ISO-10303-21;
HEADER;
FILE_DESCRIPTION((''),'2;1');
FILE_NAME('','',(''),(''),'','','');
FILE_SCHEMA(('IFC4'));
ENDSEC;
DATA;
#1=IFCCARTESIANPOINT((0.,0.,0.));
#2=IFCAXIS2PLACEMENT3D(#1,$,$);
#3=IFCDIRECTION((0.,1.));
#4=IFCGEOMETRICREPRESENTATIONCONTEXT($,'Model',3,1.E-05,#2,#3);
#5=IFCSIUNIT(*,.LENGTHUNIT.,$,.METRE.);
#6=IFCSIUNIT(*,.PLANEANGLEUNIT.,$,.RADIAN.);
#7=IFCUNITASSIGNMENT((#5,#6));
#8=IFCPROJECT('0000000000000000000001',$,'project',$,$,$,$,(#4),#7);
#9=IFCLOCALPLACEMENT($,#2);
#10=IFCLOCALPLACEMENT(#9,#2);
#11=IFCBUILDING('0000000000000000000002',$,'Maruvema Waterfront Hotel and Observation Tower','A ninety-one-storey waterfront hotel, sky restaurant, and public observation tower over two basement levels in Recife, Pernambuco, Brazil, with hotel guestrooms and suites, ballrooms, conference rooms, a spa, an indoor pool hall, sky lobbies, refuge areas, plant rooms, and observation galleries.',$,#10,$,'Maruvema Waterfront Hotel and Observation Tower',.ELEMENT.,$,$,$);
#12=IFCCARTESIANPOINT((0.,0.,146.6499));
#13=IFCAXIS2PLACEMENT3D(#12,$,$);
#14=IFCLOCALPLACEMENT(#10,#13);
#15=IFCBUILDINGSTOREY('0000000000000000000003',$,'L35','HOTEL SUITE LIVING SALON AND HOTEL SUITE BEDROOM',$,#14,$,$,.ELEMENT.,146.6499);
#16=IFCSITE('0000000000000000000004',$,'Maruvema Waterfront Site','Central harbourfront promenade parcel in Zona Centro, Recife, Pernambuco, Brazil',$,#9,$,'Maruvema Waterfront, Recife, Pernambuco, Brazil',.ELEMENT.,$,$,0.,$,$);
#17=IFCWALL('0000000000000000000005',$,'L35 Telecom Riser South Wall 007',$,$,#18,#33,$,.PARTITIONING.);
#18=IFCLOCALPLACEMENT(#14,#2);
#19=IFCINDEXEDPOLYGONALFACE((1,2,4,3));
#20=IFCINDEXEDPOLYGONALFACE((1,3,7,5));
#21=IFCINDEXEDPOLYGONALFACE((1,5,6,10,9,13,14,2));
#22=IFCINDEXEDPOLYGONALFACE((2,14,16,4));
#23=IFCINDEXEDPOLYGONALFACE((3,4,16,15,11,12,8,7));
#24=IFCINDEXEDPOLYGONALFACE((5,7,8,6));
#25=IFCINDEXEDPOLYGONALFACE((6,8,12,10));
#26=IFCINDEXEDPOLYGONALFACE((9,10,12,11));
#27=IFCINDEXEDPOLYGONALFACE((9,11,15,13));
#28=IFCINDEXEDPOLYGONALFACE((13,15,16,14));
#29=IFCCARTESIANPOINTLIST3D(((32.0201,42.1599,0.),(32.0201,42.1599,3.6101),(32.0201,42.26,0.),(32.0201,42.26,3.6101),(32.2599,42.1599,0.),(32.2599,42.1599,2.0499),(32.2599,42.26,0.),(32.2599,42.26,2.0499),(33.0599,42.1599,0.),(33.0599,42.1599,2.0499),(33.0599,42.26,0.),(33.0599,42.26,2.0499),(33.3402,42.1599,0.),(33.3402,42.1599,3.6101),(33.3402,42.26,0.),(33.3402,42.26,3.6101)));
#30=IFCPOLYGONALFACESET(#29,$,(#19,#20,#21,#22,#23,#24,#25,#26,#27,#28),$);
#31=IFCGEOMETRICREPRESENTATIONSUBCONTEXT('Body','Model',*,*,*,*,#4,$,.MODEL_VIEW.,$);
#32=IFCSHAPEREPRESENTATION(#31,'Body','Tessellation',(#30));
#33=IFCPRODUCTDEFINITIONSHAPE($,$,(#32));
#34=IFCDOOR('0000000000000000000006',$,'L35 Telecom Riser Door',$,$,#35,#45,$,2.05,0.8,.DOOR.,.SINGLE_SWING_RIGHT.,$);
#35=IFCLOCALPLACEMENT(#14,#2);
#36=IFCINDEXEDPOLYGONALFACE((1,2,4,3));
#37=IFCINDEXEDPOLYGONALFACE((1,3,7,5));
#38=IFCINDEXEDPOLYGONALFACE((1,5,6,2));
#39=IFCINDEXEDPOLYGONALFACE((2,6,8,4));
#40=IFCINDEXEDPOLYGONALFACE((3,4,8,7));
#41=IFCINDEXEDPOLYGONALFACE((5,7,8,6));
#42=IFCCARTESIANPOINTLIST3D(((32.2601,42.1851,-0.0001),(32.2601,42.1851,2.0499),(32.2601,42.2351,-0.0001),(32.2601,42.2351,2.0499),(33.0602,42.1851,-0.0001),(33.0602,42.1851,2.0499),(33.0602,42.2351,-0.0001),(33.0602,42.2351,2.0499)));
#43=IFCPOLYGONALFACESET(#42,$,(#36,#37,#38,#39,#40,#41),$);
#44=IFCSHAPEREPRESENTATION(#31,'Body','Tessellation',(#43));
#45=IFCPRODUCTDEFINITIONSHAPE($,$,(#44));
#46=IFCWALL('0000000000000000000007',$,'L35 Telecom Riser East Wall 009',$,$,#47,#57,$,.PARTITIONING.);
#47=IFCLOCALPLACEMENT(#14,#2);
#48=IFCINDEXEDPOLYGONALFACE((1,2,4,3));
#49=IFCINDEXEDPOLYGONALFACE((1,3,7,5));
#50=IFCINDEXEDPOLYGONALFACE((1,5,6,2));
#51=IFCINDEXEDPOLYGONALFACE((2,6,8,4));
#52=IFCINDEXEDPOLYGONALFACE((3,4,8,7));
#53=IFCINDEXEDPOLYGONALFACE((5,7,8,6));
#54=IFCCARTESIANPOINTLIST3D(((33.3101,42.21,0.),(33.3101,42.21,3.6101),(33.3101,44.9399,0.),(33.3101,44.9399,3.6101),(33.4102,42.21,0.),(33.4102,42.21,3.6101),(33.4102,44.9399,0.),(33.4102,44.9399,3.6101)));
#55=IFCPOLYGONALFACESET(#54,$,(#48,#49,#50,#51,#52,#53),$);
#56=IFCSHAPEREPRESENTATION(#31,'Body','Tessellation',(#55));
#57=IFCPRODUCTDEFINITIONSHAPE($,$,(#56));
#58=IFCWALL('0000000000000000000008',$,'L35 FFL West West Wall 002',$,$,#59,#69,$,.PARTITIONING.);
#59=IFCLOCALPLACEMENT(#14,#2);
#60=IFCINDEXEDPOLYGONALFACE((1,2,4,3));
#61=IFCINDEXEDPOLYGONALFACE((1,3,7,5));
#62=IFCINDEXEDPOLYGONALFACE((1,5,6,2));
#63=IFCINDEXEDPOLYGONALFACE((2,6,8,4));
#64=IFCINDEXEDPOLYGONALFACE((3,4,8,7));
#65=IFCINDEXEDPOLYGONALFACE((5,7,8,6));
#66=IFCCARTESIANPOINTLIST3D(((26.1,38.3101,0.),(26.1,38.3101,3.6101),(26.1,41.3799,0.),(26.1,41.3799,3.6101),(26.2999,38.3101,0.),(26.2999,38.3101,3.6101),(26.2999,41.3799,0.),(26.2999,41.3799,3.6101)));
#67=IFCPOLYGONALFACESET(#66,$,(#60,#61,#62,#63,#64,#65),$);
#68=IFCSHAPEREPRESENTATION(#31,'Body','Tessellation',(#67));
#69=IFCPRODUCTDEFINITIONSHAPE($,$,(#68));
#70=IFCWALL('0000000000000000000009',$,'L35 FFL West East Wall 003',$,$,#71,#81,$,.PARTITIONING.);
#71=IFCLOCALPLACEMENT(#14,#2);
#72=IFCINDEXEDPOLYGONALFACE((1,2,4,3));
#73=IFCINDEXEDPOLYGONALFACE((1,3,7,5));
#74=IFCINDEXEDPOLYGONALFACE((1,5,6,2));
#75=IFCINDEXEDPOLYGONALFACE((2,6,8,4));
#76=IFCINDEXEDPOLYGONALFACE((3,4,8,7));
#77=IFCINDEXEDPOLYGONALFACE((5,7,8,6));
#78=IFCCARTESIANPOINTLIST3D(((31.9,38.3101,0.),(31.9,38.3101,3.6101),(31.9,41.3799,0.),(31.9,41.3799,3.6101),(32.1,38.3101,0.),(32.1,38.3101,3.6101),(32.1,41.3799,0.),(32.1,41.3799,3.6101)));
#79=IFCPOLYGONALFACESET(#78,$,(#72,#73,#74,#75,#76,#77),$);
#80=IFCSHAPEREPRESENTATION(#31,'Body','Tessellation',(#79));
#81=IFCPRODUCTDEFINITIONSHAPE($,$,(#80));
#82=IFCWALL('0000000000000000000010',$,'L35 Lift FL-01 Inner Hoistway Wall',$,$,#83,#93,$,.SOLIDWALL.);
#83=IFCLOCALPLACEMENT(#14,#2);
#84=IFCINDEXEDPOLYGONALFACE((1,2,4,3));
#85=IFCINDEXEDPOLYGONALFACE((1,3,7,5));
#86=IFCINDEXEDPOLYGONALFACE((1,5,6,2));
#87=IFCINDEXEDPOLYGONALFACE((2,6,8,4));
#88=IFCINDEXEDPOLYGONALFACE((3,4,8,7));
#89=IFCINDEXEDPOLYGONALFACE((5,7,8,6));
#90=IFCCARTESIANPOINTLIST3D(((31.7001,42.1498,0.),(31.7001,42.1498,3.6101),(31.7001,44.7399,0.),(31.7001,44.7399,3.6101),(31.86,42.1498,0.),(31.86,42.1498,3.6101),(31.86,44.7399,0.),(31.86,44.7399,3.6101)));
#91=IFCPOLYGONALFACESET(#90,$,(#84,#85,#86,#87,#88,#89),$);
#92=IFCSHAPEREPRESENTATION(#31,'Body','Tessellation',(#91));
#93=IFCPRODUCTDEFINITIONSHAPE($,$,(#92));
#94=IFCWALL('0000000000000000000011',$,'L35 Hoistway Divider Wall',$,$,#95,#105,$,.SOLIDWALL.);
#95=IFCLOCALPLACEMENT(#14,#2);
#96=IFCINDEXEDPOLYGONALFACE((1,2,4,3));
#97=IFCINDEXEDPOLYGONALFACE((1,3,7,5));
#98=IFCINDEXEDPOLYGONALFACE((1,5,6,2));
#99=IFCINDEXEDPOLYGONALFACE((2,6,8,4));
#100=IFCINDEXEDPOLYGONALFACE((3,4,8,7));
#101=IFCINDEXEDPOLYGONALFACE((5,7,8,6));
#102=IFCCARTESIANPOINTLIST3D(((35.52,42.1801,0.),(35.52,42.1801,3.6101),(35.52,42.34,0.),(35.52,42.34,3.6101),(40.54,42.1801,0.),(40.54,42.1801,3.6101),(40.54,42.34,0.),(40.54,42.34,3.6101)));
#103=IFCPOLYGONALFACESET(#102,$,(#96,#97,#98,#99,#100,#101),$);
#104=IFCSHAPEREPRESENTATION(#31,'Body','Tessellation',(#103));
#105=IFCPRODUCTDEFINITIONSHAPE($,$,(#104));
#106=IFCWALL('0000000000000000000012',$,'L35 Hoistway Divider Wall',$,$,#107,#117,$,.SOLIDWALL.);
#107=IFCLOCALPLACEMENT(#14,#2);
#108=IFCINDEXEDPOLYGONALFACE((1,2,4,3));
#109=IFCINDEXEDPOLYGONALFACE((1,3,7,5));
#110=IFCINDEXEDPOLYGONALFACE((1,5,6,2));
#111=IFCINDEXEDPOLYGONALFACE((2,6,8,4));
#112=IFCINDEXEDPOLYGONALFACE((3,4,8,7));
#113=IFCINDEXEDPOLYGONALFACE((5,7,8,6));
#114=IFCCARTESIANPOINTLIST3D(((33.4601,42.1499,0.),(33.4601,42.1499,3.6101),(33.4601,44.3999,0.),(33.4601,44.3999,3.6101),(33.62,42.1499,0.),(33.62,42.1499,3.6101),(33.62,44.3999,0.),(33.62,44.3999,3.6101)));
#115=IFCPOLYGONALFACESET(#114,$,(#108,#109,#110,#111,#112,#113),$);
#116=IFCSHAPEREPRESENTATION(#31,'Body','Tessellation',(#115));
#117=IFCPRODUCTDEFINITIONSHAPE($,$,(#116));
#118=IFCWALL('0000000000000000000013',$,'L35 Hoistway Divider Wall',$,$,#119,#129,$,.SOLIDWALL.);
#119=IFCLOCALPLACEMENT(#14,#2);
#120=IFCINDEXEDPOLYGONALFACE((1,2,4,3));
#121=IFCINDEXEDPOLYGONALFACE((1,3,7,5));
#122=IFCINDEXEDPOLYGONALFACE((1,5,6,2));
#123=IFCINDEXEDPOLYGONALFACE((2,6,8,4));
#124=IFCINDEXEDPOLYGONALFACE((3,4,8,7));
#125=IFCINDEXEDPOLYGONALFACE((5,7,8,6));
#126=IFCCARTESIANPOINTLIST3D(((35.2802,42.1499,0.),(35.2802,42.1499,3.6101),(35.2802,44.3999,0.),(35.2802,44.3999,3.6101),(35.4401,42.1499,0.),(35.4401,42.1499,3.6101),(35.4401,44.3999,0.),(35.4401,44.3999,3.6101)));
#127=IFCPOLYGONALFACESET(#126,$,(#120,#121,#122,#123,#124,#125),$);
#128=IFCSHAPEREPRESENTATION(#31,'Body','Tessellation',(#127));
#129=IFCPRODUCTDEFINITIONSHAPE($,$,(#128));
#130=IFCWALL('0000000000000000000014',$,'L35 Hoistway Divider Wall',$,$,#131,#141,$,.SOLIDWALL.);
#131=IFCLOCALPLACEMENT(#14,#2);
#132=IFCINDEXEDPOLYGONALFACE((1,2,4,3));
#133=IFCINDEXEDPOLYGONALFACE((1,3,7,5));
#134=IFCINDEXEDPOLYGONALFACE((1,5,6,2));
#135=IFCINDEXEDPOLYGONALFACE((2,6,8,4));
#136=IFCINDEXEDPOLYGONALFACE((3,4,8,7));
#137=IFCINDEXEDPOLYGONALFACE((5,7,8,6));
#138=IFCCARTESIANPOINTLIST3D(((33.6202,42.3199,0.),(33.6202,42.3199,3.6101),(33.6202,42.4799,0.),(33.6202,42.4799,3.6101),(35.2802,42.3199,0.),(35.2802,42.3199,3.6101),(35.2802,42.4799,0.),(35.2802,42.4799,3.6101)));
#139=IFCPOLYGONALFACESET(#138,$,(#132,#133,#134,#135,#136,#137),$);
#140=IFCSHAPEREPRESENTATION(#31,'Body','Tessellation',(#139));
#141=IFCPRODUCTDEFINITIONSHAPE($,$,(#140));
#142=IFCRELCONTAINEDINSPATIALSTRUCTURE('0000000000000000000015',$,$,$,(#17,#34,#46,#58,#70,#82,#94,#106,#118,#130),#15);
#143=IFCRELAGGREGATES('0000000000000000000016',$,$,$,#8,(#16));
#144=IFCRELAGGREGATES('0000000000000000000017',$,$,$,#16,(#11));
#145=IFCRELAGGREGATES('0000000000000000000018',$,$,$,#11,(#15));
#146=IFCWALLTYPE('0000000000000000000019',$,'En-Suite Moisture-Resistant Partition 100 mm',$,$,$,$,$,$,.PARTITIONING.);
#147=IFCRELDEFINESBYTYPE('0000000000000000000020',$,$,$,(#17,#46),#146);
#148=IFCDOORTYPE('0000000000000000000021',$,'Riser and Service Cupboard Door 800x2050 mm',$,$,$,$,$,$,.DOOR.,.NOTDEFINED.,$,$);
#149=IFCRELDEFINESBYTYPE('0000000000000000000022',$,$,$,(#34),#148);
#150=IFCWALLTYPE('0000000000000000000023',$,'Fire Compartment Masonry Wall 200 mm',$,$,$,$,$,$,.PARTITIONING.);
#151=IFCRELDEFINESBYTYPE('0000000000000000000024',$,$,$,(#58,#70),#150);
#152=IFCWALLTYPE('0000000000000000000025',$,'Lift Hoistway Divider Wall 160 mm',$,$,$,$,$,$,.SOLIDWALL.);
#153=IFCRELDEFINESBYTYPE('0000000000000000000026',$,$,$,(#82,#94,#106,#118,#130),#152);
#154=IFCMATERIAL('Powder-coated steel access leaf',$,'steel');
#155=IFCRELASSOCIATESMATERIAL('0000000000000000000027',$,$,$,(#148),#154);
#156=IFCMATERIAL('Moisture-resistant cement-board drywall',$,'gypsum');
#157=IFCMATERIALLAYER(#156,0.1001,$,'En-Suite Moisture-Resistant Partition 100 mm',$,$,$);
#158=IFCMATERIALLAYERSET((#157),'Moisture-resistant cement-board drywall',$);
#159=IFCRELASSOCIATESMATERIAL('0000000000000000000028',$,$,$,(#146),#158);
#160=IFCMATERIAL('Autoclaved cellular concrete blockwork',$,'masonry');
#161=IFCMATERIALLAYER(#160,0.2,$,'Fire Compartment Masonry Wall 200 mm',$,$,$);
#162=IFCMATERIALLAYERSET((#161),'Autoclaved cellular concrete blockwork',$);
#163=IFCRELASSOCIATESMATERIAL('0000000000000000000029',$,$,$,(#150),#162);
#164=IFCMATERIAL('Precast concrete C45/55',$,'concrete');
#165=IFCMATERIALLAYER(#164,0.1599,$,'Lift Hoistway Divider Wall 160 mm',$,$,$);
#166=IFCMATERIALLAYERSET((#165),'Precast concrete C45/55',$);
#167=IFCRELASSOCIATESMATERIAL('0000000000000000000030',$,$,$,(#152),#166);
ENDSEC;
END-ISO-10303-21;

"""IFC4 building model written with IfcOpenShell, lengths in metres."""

from ifc_helpers import new_model, si_unit, direction, frame, frame_2d, origin, place, context, subcontext, project, spatial, rectangle, extrude, material, layer, layer_set, type_object, element, fill, save


model = new_model("IFC4")

# Units and contexts
model_context = context("Model", 3, precision=1e-05, world=origin(), true_north=direction((0.0, 1.0)))
body_context = subcontext(model_context, "Body", "Model", "MODEL_VIEW")
ifc_project = project(units=[si_unit("LENGTHUNIT", "METRE"), si_unit("PLANEANGLEUNIT", "RADIAN")], contexts=[model_context])

# Site, building, storey
site_placement = place(None, origin())
site = spatial("IfcSite", under=ifc_project, at=site_placement, Name="Maruvema Waterfront Site", Description="Central harbourfront promenade parcel in Zona Centro, Recife, Pernambuco, Brazil", LongName="Maruvema Waterfront, Recife, Pernambuco, Brazil", CompositionType="ELEMENT", RefElevation=0.0)
building_placement = place(site_placement, origin())
building = spatial("IfcBuilding", under=site, at=building_placement, Name="Maruvema Waterfront Hotel and Observation Tower", Description="A ninety-one-storey waterfront hotel, sky restaurant, and public observation tower over two basement levels in Recife, Pernambuco, Brazil, with hotel guestrooms and suites, ballrooms, conference rooms, a spa, an indoor pool hall, sky lobbies, refuge areas, plant rooms, and observation galleries.", LongName="Maruvema Waterfront Hotel and Observation Tower", CompositionType="ELEMENT")
storey_placement = place(building_placement, frame((0.0, 0.0, 146.6499)))
storey = spatial("IfcBuildingStorey", under=building, at=storey_placement, Name="L35", Description="HOTEL SUITE LIVING SALON AND HOTEL SUITE BEDROOM", CompositionType="ELEMENT", Elevation=146.6499)

# Shared definitions
ifc_material_1 = material(Name="Powder-coated steel access leaf", Category="steel")
door_type_1 = type_object("IfcDoorType", Name="Riser and Service Cupboard Door 800x2050 mm", OperationType="NOTDEFINED", PredefinedType="DOOR", material=ifc_material_1)

# Wall, opening, door
ifc_material_2 = material(Name="Moisture-resistant cement-board drywall", Category="gypsum")
ifc_layer_1 = layer(ifc_material_2, 0.1001, Name="En-Suite Moisture-Resistant Partition 100 mm")
ifc_layer_set_1 = layer_set([ifc_layer_1], Name="Moisture-resistant cement-board drywall")
wall_type_1 = type_object("IfcWallType", Name="En-Suite Moisture-Resistant Partition 100 mm", PredefinedType="PARTITIONING", material=ifc_layer_set_1)
wall_1_placement = place(storey_placement, frame((32.02, 42.21, 0.0), z_axis=(0.0, 0.0, 1.0), x_axis=(1.0, 0.0, 0.0)))
wall_1 = element("IfcWall", 1, at=wall_1_placement, inside=storey, type_object=wall_type_1, Name="L35 Telecom Riser South Wall 007", PredefinedType="PARTITIONING", context=body_context, shape_type="SweptSolid", body=[
    extrude(rectangle(XDim=1.3201, YDim=0.1001, at=frame_2d((0.6602, 0.0))), origin(), (0.0, 0.0, 1.0), 3.6101),
])
opening_1_placement = place(wall_1_placement, frame((0.24, 0.0, 0.0)))
opening_1 = element("IfcOpeningElement", 2, at=opening_1_placement, cuts=wall_1, PredefinedType="OPENING", context=body_context, shape_type="SweptSolid", body=[
    extrude(rectangle(XDim=0.8, YDim=2.05, at=frame_2d((0.3999, 1.0249))), frame((0.0, 0.0601, 0.0), z_axis=(0.0, -1.0, 0.0), x_axis=(1.0, 0.0, 0.0)), (0.0, 0.0, 1.0), 0.1201),
])
door_1_placement = place(opening_1_placement, frame((0.8, 0.0, 0.0), z_axis=(0.0, 0.0, 1.0), x_axis=(-1.0, 0.0, 0.0)))
door_1 = element("IfcDoor", 3, at=door_1_placement, inside=storey, type_object=door_type_1, Name="L35 Telecom Riser Door", OperationType="SINGLE_SWING_RIGHT", OverallHeight=2.05, OverallWidth=0.8, PredefinedType="DOOR", context=body_context, shape_type="SweptSolid", body=[
    extrude(rectangle(XDim=0.8, YDim=2.05, at=frame_2d((0.3999, 1.0249))), frame((0.0, 0.0249, 0.0), z_axis=(0.0, -1.0, 0.0), x_axis=(1.0, 0.0, 0.0)), (0.0, 0.0, 1.0), 0.05),
])
fill(opening_1, door_1)

# Wall
wall_2_placement = place(storey_placement, frame((33.3601, 42.21, 0.0), z_axis=(0.0, 0.0, 1.0), x_axis=(0.0, 1.0, 0.0)))
element("IfcWall", 4, at=wall_2_placement, inside=storey, type_object=wall_type_1, Name="L35 Telecom Riser East Wall 009", PredefinedType="PARTITIONING", context=body_context, shape_type="SweptSolid", body=[
    extrude(rectangle(XDim=2.73, YDim=0.1001, at=frame_2d((1.365, 0.0))), origin(), (0.0, 0.0, 1.0), 3.6101),
])

# Shared definitions
ifc_material_3 = material(Name="Autoclaved cellular concrete blockwork", Category="masonry")
ifc_layer_2 = layer(ifc_material_3, 0.2, Name="Fire Compartment Masonry Wall 200 mm")
ifc_layer_set_2 = layer_set([ifc_layer_2], Name="Autoclaved cellular concrete blockwork")
wall_type_2 = type_object("IfcWallType", Name="Fire Compartment Masonry Wall 200 mm", PredefinedType="PARTITIONING", material=ifc_layer_set_2)

# Walls
for number, where, z_axis, x_axis, name in (
    (5, (26.2, 38.3101, 0.0), (0.0, 0.0, 1.0), (0.0, 1.0, 0.0), "L35 FFL West West Wall 002"),
    (6, (32.0, 38.3101, 0.0), (0.0, 0.0, 1.0), (0.0, 1.0, 0.0), "L35 FFL West East Wall 003"),
):
    element("IfcWall", number, at=place(storey_placement, frame(where, z_axis=z_axis, x_axis=x_axis)), inside=storey, type_object=wall_type_2, Name=name, PredefinedType="PARTITIONING", context=body_context, shape_type="SweptSolid", body=[
        extrude(rectangle(XDim=3.0698, YDim=0.2, at=frame_2d((1.5349, 0.0))), origin(), (0.0, 0.0, 1.0), 3.6101),
    ])
ifc_material_4 = material(Name="Precast concrete C45/55", Category="concrete")
ifc_layer_3 = layer(ifc_material_4, 0.1599, Name="Lift Hoistway Divider Wall 160 mm")
ifc_layer_set_3 = layer_set([ifc_layer_3], Name="Precast concrete C45/55")
wall_type_3 = type_object("IfcWallType", Name="Lift Hoistway Divider Wall 160 mm", PredefinedType="SOLIDWALL", material=ifc_layer_set_3)
wall_3_placement = place(storey_placement, frame((31.78, 42.1499, 0.0), z_axis=(0.0, 0.0, 1.0), x_axis=(0.0, 1.0, 0.0)))
element("IfcWall", 7, at=wall_3_placement, inside=storey, type_object=wall_type_3, Name="L35 Lift FL-01 Inner Hoistway Wall", PredefinedType="SOLIDWALL", context=body_context, shape_type="SweptSolid", body=[
    extrude(rectangle(XDim=2.5901, YDim=0.1599, at=frame_2d((1.2949, 0.0))), origin(), (0.0, 0.0, 1.0), 3.6101),
])
wall_4_placement = place(storey_placement, frame((35.52, 42.26, 0.0), z_axis=(0.0, 0.0, 1.0), x_axis=(1.0, 0.0, 0.0)))
element("IfcWall", 8, at=wall_4_placement, inside=storey, type_object=wall_type_3, Name="L35 Hoistway Divider Wall", PredefinedType="SOLIDWALL", context=body_context, shape_type="SweptSolid", body=[
    extrude(rectangle(XDim=5.02, YDim=0.1599, at=frame_2d((2.51, 0.0))), origin(), (0.0, 0.0, 1.0), 3.6101),
])
for number, where, z_axis, x_axis, name in (
    (9, (33.54, 42.1499, 0.0), (0.0, 0.0, 1.0), (0.0, 1.0, 0.0), "L35 Hoistway Divider Wall"),
    (10, (35.3601, 42.1499, 0.0), (0.0, 0.0, 1.0), (0.0, 1.0, 0.0), "L35 Hoistway Divider Wall"),
):
    element("IfcWall", number, at=place(storey_placement, frame(where, z_axis=z_axis, x_axis=x_axis)), inside=storey, type_object=wall_type_3, Name=name, PredefinedType="SOLIDWALL", context=body_context, shape_type="SweptSolid", body=[
        extrude(rectangle(XDim=2.25, YDim=0.1599, at=frame_2d((1.125, 0.0))), origin(), (0.0, 0.0, 1.0), 3.6101),
    ])
wall_5_placement = place(storey_placement, frame((33.6201, 42.3999, 0.0), z_axis=(0.0, 0.0, 1.0), x_axis=(1.0, 0.0, 0.0)))
element("IfcWall", 11, at=wall_5_placement, inside=storey, type_object=wall_type_3, Name="L35 Hoistway Divider Wall", PredefinedType="SOLIDWALL", context=body_context, shape_type="SweptSolid", body=[
    extrude(rectangle(XDim=1.6599, YDim=0.1599, at=frame_2d((0.8301, 0.0))), origin(), (0.0, 0.0, 1.0), 3.6101),
])

save(model, "model.ifc")
